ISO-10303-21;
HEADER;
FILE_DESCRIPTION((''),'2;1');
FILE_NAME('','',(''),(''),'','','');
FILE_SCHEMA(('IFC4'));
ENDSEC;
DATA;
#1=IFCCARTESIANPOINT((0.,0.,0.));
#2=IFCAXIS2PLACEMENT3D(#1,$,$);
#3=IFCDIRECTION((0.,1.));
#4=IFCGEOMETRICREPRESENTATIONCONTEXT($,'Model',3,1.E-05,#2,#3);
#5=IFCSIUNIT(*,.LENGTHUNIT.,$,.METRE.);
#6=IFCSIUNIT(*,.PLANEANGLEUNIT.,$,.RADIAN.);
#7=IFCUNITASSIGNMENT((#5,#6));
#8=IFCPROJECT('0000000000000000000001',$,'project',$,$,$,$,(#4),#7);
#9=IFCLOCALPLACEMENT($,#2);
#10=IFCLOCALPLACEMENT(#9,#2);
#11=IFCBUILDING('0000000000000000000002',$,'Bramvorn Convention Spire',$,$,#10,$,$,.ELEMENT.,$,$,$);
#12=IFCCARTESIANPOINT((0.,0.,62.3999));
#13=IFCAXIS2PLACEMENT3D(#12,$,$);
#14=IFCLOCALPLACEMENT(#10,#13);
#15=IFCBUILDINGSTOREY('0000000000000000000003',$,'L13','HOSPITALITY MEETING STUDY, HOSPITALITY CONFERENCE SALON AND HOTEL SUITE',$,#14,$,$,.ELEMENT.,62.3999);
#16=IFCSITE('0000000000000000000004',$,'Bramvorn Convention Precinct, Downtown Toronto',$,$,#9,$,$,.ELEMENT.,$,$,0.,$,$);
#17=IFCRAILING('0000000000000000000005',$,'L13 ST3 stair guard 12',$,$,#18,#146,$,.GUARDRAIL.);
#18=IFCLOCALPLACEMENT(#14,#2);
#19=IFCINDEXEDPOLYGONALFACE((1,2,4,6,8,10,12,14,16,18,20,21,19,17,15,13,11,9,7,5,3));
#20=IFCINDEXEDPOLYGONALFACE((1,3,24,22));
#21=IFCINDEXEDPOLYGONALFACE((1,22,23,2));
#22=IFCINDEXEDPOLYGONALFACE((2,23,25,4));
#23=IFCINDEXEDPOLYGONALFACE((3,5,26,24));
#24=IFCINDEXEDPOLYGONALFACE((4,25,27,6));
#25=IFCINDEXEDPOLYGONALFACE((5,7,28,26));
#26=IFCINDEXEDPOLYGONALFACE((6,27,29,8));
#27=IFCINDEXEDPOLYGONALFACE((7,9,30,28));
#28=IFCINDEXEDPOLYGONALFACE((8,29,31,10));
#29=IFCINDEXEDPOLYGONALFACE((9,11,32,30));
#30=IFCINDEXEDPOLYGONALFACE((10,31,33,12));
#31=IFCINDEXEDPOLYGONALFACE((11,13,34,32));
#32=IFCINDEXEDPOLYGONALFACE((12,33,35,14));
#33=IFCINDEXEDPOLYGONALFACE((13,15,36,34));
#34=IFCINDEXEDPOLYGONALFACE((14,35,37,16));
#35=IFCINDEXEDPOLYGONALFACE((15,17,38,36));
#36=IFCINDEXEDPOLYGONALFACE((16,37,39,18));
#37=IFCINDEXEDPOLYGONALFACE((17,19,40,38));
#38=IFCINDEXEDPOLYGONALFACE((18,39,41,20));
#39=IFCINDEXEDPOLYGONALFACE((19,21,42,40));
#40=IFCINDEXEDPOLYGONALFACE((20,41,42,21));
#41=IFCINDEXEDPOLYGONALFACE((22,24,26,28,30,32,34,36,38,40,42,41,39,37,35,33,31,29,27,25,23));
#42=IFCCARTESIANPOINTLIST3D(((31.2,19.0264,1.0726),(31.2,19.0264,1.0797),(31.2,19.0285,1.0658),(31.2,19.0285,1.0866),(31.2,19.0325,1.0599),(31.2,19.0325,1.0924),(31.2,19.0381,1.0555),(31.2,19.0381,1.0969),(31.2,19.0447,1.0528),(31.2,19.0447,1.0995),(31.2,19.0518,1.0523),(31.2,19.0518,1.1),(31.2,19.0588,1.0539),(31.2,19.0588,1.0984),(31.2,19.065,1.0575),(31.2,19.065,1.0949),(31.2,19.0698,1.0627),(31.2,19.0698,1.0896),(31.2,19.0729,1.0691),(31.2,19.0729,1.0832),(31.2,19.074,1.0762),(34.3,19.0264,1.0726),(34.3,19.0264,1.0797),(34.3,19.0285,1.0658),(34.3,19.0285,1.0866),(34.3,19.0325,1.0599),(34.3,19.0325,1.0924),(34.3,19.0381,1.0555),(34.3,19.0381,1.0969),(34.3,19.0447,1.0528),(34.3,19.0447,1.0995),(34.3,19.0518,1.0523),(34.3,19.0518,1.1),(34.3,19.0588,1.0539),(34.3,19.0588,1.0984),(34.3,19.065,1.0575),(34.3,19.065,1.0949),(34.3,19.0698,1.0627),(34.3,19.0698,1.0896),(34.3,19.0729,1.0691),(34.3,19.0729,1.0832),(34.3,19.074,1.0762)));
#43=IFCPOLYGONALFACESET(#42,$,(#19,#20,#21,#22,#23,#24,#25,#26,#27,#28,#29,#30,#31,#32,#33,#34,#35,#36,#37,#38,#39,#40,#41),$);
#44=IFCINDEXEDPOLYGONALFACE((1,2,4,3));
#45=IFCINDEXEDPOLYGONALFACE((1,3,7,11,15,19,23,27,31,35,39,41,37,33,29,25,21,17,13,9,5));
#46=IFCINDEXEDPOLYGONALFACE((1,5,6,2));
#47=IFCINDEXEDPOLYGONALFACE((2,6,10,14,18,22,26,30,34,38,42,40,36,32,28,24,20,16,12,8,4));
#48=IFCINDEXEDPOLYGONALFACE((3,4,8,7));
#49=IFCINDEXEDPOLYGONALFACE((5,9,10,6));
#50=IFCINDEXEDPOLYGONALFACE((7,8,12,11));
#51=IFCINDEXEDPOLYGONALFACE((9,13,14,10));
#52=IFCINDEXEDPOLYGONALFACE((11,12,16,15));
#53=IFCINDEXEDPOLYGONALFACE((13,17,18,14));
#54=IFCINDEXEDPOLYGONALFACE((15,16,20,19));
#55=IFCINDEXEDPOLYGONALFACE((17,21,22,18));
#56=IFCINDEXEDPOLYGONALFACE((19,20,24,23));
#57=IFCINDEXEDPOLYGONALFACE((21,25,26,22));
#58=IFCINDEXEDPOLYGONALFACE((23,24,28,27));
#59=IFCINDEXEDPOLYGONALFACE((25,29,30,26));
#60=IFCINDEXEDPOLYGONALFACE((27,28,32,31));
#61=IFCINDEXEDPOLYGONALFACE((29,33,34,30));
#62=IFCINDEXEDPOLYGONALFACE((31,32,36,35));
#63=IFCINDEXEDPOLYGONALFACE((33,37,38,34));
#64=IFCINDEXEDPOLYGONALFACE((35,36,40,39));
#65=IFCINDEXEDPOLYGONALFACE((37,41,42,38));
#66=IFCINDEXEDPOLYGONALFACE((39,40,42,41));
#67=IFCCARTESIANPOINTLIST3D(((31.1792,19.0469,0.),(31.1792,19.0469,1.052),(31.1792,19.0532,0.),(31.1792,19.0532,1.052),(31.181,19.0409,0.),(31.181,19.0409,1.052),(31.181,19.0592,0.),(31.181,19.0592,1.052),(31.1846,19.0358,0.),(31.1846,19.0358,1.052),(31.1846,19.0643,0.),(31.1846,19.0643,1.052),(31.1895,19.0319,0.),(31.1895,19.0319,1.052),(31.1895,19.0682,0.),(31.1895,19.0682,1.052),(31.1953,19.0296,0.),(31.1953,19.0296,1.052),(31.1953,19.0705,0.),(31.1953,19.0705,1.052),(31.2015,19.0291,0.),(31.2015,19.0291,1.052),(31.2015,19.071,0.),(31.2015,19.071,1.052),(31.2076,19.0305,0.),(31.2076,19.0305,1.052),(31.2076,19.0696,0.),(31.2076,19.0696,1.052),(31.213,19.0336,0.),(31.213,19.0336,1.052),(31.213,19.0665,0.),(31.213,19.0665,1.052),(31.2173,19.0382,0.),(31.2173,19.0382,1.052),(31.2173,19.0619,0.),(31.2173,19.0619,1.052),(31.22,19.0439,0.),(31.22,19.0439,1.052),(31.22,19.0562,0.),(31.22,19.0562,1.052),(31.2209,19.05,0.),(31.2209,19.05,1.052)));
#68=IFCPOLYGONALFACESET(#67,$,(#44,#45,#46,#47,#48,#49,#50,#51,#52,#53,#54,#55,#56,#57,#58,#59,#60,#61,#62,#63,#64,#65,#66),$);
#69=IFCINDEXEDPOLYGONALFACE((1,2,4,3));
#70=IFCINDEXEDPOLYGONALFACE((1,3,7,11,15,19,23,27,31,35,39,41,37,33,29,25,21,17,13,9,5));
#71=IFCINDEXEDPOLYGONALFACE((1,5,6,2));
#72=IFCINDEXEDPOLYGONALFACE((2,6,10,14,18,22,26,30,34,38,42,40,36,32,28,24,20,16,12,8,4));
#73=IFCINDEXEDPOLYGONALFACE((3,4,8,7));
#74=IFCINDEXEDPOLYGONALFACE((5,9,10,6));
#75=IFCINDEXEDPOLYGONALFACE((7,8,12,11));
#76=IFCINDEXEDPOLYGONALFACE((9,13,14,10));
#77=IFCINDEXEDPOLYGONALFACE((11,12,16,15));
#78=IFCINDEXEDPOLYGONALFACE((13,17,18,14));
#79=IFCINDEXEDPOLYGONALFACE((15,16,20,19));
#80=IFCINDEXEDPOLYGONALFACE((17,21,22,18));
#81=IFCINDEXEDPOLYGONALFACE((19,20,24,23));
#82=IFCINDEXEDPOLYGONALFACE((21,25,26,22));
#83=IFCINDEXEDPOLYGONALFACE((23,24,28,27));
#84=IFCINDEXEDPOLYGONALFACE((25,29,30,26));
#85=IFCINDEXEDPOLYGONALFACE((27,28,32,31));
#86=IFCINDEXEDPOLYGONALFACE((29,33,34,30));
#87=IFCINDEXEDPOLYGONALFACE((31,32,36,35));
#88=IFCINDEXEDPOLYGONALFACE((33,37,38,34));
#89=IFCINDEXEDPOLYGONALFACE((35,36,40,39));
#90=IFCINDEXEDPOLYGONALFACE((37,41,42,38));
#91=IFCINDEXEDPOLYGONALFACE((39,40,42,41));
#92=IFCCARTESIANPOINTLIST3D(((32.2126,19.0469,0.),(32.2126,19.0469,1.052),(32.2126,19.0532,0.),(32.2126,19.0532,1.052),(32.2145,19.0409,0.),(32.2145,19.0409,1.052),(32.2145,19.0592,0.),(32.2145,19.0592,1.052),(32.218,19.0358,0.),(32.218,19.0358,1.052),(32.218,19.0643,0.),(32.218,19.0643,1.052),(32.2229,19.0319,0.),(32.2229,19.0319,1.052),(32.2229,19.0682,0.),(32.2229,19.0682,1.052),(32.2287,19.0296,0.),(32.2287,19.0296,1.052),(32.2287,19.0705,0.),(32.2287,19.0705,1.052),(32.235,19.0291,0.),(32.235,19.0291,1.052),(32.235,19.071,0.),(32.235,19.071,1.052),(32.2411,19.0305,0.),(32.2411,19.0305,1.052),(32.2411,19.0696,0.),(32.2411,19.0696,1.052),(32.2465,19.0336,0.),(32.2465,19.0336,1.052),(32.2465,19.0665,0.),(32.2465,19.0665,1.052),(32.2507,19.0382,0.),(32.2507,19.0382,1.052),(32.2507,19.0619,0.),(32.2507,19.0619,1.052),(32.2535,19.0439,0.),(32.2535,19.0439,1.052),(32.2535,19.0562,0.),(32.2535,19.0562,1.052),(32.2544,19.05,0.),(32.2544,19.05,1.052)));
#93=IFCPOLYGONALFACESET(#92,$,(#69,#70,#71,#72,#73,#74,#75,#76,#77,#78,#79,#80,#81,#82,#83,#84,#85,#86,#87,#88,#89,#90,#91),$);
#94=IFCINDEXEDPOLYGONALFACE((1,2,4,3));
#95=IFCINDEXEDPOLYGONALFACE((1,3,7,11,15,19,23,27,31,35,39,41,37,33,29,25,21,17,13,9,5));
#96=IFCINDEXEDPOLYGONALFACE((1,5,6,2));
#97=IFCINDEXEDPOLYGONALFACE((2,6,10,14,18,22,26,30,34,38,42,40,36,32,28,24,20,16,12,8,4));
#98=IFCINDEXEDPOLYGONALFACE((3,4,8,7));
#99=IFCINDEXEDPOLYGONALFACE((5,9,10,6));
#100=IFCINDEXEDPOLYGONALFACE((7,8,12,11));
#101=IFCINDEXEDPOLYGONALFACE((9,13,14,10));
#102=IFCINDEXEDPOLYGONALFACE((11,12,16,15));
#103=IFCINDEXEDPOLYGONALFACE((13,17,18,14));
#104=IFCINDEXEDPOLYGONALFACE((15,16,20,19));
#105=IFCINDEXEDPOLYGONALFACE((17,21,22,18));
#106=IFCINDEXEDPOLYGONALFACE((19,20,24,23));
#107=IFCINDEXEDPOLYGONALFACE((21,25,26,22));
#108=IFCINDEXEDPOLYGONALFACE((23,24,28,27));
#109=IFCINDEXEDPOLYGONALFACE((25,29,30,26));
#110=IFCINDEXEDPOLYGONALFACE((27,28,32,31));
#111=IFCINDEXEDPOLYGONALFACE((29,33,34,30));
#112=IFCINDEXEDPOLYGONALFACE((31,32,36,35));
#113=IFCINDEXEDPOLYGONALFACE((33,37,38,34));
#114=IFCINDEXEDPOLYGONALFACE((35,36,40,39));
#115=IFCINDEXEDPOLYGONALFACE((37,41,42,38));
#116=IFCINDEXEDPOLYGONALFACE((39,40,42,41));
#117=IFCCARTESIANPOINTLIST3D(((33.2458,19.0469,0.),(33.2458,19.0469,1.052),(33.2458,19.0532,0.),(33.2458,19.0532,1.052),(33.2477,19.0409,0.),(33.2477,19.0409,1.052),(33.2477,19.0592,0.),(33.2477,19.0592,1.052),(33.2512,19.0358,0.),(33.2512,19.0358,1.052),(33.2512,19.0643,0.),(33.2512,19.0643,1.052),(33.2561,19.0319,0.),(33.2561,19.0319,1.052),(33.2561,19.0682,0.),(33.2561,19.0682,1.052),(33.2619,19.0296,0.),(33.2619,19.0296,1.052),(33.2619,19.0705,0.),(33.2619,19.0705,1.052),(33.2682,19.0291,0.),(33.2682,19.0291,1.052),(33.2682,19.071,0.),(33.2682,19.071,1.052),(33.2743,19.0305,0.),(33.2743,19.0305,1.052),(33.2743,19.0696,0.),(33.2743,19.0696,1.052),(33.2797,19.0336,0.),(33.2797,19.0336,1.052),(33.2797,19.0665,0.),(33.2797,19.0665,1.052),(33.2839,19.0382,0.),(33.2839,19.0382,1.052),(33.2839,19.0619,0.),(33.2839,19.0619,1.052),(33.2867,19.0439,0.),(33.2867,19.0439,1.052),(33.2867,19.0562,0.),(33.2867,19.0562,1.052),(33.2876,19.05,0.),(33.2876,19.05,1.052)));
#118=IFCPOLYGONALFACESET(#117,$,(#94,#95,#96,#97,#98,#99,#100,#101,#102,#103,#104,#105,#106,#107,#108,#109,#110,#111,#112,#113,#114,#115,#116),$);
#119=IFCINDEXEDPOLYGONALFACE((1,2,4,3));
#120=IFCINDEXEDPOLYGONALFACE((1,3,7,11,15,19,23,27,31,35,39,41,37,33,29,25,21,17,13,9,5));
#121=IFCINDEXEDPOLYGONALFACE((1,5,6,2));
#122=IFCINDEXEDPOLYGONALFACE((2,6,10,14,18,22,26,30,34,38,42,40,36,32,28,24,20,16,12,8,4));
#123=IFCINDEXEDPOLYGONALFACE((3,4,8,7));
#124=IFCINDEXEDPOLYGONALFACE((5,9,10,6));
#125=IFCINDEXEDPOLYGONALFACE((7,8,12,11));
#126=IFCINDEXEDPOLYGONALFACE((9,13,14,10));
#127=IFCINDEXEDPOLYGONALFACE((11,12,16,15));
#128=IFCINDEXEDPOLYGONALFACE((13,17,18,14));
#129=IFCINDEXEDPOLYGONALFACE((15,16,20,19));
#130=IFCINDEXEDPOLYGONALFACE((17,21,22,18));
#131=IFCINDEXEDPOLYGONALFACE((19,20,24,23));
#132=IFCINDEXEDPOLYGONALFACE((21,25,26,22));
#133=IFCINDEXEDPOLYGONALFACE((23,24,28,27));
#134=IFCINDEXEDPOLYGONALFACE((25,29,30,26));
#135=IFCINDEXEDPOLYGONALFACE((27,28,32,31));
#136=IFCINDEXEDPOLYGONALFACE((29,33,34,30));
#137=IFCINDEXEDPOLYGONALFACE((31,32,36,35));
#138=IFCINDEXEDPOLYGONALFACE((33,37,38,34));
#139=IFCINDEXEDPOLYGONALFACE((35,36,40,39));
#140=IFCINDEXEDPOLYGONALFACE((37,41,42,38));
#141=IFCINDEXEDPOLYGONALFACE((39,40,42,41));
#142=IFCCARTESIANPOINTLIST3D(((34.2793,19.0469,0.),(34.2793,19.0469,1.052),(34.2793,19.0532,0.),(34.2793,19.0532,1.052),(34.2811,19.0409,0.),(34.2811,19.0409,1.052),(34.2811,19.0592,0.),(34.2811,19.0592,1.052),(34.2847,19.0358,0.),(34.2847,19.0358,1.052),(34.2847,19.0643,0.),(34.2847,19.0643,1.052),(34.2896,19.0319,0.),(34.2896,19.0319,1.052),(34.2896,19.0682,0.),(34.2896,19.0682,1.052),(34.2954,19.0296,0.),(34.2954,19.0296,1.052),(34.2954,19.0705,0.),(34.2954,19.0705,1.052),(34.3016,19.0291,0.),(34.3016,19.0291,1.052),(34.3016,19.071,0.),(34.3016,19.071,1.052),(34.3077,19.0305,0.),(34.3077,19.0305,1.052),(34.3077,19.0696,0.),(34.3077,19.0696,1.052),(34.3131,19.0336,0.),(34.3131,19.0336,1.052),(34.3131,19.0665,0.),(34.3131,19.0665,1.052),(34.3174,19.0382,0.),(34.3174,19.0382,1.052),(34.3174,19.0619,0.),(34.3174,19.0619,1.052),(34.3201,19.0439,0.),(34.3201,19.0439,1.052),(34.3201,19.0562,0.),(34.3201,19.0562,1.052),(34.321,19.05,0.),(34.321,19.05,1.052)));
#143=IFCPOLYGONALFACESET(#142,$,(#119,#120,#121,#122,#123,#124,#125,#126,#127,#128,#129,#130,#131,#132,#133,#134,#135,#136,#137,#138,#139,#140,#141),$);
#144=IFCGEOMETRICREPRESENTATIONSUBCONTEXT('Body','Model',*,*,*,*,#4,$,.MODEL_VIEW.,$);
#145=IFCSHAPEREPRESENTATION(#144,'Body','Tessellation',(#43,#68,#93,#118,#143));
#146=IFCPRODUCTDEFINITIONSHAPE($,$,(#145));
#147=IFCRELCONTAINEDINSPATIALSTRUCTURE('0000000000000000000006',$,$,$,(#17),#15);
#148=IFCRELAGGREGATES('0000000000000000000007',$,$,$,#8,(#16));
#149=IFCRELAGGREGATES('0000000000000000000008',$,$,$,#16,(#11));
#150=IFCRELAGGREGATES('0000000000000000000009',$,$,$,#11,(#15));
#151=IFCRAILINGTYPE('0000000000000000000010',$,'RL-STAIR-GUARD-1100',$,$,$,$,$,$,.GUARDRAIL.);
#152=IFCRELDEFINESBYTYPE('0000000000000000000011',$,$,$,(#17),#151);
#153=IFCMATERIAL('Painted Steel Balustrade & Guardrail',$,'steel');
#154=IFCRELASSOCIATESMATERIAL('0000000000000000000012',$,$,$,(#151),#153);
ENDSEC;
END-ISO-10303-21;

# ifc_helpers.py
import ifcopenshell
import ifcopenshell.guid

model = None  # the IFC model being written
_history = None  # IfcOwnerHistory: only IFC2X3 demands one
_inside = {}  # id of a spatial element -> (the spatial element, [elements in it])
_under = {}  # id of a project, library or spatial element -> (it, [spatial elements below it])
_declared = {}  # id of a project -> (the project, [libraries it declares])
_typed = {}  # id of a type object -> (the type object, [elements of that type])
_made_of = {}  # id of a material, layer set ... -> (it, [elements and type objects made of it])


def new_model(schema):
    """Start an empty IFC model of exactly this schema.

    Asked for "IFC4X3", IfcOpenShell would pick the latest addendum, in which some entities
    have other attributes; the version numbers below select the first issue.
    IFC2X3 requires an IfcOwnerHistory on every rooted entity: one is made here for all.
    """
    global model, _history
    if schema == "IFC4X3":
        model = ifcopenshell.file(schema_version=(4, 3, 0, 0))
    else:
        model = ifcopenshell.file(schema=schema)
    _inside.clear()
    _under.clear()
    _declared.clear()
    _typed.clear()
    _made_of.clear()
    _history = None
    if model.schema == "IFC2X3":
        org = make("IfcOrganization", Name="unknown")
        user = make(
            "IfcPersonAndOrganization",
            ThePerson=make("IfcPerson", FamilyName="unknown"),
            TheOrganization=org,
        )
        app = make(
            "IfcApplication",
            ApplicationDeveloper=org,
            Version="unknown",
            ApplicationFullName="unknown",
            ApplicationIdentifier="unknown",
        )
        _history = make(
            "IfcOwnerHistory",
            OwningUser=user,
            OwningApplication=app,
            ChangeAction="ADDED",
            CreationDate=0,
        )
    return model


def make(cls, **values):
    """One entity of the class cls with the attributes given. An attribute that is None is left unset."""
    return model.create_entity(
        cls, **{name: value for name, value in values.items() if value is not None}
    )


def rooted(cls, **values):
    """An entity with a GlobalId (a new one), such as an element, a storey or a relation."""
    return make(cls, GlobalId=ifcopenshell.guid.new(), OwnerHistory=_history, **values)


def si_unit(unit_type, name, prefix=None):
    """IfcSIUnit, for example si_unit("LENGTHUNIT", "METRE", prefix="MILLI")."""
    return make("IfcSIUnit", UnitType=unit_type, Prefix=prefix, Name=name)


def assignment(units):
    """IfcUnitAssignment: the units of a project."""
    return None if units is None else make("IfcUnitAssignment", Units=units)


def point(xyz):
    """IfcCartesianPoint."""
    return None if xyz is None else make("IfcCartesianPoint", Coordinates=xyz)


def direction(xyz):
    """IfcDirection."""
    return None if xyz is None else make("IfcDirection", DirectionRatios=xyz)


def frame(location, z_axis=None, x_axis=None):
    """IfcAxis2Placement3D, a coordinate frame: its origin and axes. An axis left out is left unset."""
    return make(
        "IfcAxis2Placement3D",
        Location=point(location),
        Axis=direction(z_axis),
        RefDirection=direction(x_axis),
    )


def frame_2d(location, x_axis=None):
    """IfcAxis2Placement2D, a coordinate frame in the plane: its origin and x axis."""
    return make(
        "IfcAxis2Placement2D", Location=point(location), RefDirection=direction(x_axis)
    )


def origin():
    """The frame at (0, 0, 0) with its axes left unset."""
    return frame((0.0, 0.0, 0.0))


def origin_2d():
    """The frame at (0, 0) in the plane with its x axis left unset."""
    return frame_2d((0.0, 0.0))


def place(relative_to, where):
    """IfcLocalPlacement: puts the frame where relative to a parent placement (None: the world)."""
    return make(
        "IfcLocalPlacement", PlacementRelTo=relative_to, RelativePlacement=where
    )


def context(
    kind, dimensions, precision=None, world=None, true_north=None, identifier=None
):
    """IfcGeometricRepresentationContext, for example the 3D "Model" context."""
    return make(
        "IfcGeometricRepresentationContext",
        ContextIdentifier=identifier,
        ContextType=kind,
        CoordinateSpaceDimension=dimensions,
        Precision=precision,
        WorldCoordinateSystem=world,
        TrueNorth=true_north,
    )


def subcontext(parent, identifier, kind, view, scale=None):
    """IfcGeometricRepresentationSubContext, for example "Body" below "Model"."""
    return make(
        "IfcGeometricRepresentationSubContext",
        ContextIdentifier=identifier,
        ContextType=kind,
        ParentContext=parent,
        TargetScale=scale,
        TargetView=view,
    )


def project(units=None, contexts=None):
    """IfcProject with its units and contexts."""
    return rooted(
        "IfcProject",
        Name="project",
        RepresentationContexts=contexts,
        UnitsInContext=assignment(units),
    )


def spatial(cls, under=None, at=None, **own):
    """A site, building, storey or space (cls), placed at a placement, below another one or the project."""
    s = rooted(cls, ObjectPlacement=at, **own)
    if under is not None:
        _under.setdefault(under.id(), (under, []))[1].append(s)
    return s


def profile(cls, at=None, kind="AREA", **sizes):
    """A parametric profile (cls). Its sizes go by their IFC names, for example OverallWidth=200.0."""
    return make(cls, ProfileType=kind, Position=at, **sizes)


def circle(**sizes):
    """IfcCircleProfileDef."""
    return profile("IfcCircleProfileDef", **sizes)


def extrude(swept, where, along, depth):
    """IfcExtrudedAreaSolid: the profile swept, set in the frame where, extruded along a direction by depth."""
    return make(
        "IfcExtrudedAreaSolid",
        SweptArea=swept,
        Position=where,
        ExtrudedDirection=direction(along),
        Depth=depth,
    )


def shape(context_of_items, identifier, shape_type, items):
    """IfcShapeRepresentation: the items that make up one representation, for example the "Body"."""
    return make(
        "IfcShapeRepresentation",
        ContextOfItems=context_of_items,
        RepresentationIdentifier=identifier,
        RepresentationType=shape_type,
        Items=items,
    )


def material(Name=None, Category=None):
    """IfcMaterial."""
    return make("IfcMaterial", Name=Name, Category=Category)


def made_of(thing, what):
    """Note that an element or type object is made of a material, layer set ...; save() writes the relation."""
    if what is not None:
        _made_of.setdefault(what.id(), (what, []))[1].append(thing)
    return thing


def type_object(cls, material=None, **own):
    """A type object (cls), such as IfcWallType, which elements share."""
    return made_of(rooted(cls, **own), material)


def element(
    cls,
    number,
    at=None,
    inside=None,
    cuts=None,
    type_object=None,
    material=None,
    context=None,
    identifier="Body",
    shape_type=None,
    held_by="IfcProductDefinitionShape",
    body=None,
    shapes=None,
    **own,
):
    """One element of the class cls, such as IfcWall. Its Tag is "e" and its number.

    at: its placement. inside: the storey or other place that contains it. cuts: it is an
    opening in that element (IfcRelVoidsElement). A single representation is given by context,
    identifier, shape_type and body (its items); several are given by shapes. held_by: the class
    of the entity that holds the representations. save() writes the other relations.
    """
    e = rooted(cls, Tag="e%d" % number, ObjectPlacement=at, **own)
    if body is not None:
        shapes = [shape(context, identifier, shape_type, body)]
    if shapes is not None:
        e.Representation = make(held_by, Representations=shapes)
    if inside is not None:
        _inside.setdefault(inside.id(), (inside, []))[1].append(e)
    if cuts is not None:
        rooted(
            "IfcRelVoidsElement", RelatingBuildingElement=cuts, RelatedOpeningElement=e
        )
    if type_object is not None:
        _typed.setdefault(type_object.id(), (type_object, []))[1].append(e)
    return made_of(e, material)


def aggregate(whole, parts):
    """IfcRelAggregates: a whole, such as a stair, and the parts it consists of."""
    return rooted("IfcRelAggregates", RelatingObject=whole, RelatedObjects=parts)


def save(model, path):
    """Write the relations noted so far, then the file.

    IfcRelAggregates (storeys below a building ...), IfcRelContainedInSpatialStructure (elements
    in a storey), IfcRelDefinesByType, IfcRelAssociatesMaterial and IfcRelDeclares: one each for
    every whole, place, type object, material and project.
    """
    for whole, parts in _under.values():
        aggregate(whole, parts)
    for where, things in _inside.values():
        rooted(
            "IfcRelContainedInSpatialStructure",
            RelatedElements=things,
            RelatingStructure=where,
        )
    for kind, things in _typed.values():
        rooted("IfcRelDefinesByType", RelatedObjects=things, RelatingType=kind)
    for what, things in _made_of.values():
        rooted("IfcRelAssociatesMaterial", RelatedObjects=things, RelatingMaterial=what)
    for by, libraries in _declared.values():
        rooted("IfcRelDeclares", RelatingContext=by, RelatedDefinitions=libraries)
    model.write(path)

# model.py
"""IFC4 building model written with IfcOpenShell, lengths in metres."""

from ifc_helpers import new_model, si_unit, direction, frame, origin, origin_2d, place, context, subcontext, project, spatial, circle, extrude, material, type_object, element, save


model = new_model("IFC4")

# Units and contexts
model_context = context("Model", 3, precision=1e-05, world=origin(), true_north=direction((0.0, 1.0)))
body_context = subcontext(model_context, "Body", "Model", "MODEL_VIEW")
ifc_project = project(units=[si_unit("LENGTHUNIT", "METRE"), si_unit("PLANEANGLEUNIT", "RADIAN")], contexts=[model_context])

# Site, building, storey
site_placement = place(None, origin())
site = spatial("IfcSite", under=ifc_project, at=site_placement, Name="Bramvorn Convention Precinct, Downtown Toronto", CompositionType="ELEMENT", RefElevation=0.0)
building_placement = place(site_placement, origin())
building = spatial("IfcBuilding", under=site, at=building_placement, Name="Bramvorn Convention Spire", CompositionType="ELEMENT")
storey_placement = place(building_placement, frame((0.0, 0.0, 62.3999)))
storey = spatial("IfcBuildingStorey", under=building, at=storey_placement, Name="L13", Description="HOSPITALITY MEETING STUDY, HOSPITALITY CONFERENCE SALON AND HOTEL SUITE", CompositionType="ELEMENT", Elevation=62.3999)

# Railing
ifc_material_1 = material(Name="Painted Steel Balustrade & Guardrail", Category="steel")
railing_type = type_object("IfcRailingType", Name="RL-STAIR-GUARD-1100", PredefinedType="GUARDRAIL", material=ifc_material_1)
railing_1_placement = place(storey_placement, frame((31.2, 19.05, 0.0)))
element("IfcRailing", 1, at=railing_1_placement, inside=storey, type_object=railing_type, Name="L13 ST3 stair guard 12", PredefinedType="GUARDRAIL", context=body_context, shape_type="SweptSolid", body=[
    extrude(circle(Radius=0.0239, at=origin_2d()), frame((0.0, 0.0, 1.0762), z_axis=(1.0, 0.0, 0.0), x_axis=(0.0, 1.0, 0.0)), (0.0, 0.0, 1.0), 3.1001),
    extrude(circle(Radius=0.021, at=origin_2d()), origin(), (0.0, 0.0, 1.0), 1.052),
    extrude(circle(Radius=0.021, at=origin_2d()), frame((1.0334, 0.0, 0.0)), (0.0, 0.0, 1.0), 1.052),
    extrude(circle(Radius=0.021, at=origin_2d()), frame((2.0667, 0.0, 0.0)), (0.0, 0.0, 1.0), 1.052),
    extrude(circle(Radius=0.021, at=origin_2d()), frame((3.1001, 0.0, 0.0)), (0.0, 0.0, 1.0), 1.052),
])

save(model, "model.ifc")
